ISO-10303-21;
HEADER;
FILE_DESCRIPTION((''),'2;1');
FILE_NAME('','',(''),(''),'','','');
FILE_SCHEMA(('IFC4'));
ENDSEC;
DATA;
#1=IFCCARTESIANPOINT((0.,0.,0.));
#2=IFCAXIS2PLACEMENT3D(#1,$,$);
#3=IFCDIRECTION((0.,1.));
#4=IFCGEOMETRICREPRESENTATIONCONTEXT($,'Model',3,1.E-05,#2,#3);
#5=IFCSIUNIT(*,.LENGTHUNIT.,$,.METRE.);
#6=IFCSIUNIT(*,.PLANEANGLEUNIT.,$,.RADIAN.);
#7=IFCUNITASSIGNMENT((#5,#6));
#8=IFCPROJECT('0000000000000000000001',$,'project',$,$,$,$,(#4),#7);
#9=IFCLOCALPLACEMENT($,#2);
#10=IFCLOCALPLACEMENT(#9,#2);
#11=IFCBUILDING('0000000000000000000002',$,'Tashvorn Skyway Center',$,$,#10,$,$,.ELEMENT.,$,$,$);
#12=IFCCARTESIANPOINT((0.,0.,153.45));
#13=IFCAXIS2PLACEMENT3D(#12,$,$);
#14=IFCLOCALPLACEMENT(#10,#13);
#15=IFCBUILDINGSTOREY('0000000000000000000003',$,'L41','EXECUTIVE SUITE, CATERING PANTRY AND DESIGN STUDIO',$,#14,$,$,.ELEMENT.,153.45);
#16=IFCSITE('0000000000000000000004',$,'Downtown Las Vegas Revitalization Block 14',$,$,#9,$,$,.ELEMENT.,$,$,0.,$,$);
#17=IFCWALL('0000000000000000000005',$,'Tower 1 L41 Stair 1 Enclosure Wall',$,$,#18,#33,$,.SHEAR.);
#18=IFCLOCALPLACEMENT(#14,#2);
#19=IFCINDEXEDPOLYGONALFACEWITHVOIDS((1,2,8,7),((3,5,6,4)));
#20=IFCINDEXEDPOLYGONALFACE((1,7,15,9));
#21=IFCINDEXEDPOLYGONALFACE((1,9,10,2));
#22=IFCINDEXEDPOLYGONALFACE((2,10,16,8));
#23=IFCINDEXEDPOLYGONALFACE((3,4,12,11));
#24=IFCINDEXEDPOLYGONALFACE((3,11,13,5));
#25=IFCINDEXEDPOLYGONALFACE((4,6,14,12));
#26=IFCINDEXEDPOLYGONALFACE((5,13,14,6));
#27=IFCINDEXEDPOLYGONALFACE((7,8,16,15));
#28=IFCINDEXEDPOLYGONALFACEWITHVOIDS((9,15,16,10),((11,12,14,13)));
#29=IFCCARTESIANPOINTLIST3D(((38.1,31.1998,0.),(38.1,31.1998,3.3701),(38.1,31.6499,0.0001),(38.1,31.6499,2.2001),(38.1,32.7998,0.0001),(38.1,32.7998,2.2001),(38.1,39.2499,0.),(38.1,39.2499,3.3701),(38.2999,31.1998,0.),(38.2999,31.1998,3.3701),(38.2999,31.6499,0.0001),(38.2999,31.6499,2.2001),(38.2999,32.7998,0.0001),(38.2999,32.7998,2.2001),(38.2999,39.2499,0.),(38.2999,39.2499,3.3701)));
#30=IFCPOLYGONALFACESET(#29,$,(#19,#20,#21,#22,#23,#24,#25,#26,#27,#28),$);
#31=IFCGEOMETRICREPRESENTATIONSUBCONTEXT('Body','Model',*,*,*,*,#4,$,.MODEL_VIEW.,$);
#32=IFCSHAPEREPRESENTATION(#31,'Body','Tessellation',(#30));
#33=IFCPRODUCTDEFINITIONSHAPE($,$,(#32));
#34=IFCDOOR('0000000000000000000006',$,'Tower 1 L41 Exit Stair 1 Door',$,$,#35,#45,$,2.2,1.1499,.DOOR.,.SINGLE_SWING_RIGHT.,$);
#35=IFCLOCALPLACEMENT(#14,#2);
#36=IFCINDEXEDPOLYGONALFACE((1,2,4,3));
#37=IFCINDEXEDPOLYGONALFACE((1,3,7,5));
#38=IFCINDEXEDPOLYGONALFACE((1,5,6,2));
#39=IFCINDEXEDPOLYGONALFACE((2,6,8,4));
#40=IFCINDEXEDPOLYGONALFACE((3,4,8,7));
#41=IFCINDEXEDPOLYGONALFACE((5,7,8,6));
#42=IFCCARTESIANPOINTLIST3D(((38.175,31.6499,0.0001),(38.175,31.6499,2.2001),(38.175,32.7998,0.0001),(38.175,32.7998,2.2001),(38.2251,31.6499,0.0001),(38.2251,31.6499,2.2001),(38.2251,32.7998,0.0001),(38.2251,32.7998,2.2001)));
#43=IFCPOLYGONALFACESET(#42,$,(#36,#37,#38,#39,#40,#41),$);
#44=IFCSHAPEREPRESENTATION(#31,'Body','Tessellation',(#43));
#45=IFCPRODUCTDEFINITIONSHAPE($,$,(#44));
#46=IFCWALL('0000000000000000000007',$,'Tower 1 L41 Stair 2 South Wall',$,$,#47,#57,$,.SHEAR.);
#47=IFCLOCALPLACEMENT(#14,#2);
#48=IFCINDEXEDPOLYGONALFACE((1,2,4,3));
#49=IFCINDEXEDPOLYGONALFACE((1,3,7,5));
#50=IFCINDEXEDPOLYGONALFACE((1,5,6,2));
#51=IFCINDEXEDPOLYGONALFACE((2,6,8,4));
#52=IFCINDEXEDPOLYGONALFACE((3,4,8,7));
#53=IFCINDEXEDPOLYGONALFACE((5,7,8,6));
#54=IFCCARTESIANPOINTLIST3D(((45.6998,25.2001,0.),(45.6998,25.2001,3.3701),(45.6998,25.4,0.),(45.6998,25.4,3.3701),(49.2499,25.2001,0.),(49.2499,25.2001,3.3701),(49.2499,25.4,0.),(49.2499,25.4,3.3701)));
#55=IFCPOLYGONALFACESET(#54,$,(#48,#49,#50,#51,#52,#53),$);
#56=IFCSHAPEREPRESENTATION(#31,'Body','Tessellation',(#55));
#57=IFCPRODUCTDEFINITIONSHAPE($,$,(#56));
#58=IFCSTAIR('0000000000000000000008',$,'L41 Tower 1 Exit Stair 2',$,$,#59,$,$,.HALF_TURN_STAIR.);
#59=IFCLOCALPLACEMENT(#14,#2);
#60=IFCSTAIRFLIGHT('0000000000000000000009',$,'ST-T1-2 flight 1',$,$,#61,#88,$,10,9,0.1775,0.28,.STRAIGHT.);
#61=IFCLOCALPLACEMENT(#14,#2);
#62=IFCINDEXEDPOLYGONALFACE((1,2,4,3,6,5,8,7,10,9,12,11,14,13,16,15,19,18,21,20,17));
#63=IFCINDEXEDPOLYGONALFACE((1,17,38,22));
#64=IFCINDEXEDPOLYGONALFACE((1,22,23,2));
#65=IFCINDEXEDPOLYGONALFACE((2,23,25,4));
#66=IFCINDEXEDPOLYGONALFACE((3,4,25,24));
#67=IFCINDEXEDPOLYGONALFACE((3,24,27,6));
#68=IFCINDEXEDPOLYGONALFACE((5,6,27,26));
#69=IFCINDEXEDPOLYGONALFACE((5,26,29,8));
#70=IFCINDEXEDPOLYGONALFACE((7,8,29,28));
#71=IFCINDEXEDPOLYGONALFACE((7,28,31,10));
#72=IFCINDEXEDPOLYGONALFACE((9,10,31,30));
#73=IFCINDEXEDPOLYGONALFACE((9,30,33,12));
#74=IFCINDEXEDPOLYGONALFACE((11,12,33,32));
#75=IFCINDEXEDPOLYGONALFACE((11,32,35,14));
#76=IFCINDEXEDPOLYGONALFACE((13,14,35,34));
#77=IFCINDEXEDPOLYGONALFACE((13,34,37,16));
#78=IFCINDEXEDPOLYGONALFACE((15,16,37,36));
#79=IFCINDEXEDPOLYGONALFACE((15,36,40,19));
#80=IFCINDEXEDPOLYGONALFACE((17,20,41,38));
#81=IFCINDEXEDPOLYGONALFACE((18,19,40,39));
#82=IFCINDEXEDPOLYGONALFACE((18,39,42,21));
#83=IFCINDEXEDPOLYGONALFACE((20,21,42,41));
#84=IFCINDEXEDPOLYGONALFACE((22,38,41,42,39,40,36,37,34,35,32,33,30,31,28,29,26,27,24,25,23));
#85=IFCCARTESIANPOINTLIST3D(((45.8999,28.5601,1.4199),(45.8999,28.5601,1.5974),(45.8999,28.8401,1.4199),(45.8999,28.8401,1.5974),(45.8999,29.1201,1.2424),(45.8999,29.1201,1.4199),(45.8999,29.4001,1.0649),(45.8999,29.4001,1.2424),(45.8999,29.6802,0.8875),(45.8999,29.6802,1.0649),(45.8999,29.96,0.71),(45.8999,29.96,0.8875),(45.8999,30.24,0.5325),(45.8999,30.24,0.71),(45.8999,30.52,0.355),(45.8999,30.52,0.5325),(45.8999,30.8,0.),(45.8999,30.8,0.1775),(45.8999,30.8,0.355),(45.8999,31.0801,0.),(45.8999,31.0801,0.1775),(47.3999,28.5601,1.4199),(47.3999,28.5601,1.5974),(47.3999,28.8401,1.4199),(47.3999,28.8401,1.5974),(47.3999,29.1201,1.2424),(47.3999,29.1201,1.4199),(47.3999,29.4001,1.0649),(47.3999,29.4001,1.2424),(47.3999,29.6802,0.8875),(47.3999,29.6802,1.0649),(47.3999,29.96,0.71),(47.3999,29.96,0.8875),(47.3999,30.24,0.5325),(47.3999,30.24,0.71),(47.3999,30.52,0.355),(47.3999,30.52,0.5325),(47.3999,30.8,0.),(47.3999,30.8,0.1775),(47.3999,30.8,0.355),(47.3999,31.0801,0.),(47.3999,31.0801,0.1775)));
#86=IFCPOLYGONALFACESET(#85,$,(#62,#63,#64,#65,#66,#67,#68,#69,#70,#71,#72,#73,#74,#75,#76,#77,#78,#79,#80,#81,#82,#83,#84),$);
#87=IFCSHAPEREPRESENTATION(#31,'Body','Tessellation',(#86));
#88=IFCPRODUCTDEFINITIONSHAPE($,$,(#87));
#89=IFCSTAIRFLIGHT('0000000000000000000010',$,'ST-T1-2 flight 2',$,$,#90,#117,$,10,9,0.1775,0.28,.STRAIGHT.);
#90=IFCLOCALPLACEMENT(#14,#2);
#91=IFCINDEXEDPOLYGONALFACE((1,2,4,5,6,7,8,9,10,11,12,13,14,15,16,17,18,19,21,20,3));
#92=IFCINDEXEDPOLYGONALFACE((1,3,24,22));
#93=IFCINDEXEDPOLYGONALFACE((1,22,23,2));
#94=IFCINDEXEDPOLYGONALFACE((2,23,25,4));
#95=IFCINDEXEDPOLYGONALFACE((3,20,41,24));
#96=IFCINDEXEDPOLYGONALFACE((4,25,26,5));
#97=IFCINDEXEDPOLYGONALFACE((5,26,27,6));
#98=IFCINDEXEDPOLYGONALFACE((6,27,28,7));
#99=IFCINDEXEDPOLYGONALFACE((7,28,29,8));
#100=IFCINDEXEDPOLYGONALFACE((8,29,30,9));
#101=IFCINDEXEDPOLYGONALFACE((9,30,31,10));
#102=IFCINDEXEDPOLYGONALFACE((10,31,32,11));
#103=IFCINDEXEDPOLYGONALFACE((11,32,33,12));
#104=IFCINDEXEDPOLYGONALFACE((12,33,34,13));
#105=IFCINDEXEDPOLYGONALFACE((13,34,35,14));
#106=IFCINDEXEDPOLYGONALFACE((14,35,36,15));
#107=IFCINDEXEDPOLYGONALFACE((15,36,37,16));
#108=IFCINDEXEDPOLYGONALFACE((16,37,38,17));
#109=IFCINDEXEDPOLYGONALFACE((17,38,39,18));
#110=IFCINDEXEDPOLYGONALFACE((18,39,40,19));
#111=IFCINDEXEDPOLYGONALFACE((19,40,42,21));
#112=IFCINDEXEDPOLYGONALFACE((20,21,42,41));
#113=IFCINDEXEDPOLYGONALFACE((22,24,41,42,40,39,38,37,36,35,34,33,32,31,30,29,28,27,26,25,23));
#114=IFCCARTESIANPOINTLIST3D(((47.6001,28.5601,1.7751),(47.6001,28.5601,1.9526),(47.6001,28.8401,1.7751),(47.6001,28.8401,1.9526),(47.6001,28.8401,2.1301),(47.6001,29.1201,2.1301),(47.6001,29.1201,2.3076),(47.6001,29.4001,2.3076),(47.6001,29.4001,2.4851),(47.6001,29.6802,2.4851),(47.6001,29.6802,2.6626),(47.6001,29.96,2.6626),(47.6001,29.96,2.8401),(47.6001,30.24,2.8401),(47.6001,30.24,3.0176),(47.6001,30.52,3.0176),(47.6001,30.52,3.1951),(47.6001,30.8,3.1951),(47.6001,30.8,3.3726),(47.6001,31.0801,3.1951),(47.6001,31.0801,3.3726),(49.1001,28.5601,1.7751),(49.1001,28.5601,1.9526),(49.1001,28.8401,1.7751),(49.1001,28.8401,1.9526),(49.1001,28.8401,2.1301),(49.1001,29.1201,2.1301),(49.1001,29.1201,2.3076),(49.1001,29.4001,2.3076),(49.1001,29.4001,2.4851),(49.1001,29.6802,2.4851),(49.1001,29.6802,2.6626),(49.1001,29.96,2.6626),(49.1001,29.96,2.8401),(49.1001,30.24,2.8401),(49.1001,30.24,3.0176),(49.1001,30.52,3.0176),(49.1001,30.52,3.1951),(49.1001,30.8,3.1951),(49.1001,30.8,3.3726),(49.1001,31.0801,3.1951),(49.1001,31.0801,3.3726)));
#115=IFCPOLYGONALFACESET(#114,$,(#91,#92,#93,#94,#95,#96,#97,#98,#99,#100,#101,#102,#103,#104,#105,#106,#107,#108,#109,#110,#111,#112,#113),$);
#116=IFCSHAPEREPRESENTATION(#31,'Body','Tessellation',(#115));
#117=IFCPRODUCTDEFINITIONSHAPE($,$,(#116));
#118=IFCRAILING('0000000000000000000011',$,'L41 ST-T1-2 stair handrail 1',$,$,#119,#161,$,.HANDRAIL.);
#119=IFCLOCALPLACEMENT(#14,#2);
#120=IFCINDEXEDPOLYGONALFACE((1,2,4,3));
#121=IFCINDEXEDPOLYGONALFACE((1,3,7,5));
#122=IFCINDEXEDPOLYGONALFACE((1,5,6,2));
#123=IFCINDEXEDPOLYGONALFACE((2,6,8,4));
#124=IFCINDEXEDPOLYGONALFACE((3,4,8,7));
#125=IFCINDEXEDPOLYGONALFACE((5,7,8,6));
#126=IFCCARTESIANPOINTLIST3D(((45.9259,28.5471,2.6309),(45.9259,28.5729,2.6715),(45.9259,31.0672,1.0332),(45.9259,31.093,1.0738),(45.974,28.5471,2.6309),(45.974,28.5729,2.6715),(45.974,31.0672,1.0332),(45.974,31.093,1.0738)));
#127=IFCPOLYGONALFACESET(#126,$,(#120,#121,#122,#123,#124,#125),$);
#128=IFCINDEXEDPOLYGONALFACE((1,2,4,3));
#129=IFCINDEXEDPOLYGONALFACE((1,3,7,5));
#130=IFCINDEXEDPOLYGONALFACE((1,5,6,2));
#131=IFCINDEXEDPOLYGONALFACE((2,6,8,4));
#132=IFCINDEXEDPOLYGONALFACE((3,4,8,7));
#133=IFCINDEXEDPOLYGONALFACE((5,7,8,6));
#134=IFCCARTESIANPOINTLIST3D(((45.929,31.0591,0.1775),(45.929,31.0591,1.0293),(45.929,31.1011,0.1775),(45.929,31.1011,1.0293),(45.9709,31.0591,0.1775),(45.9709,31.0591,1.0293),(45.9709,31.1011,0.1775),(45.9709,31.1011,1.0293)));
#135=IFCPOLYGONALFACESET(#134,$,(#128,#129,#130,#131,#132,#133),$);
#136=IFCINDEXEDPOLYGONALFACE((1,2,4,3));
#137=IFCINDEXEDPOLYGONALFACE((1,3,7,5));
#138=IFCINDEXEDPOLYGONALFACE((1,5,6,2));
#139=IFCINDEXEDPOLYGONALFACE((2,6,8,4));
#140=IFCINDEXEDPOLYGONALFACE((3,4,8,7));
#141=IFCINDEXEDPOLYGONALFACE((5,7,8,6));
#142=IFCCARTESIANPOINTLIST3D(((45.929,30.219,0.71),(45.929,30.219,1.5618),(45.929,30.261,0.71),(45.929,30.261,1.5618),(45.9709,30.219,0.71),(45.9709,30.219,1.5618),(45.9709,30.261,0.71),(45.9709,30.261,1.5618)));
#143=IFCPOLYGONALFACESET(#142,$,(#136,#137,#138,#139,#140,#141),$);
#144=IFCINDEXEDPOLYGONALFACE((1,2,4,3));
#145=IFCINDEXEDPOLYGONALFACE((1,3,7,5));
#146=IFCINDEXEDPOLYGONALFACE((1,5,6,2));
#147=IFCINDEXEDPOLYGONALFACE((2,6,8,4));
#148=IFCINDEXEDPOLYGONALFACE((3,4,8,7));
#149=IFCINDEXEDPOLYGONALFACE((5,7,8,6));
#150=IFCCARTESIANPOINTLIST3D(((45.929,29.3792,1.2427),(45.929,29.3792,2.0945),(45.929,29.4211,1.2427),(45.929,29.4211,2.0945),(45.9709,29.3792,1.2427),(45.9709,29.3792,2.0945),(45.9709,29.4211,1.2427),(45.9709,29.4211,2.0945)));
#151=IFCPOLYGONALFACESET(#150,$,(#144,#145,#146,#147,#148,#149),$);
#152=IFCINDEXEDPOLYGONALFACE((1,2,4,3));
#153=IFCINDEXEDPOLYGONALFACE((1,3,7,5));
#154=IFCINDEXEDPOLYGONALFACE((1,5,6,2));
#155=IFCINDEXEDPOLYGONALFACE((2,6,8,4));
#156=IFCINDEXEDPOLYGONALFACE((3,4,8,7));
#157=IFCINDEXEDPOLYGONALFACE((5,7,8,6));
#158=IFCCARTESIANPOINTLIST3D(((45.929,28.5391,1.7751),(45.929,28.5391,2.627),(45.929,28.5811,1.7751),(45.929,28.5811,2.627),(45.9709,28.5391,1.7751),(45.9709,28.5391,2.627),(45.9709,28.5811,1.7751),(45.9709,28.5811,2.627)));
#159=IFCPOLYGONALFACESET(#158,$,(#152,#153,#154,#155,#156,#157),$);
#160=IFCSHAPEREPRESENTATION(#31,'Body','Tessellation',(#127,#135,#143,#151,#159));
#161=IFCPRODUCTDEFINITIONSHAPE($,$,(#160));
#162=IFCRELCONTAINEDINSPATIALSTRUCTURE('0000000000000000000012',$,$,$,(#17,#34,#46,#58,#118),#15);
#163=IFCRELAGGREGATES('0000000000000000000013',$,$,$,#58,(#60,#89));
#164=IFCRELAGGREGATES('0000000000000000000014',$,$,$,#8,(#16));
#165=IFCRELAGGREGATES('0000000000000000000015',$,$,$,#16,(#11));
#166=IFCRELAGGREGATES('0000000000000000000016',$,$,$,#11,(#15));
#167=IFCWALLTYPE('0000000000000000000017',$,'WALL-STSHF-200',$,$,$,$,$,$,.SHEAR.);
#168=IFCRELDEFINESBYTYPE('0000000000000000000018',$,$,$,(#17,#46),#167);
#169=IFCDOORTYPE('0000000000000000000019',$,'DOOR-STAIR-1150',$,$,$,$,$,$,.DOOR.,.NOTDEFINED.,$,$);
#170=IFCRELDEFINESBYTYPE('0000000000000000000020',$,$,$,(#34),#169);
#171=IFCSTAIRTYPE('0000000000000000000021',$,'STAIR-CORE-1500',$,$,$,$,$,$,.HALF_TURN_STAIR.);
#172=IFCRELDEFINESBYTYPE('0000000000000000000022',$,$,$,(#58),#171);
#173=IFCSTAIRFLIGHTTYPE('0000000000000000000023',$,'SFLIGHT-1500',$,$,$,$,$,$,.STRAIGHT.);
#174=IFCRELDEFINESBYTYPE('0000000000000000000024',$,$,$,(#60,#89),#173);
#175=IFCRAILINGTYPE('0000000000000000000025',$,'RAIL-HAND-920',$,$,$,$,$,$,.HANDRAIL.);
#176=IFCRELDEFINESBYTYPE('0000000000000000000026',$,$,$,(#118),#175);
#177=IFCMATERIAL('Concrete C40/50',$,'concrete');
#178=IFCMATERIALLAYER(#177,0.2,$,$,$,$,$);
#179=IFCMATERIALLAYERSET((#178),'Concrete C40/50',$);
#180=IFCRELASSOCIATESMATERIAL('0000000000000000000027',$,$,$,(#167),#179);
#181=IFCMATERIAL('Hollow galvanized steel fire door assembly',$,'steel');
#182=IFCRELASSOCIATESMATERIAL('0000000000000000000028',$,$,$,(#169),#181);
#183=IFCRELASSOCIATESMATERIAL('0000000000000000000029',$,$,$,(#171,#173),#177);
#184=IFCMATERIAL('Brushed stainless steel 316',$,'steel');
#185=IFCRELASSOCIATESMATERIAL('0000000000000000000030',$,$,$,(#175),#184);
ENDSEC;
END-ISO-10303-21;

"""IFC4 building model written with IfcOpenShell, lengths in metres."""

from ifc_helpers import new_model, si_unit, direction, frame, frame_2d, origin, origin_2d, place, context, subcontext, project, spatial, polyline, rectangle, outline, extrude, material, layer, layer_set, type_object, element, fill, aggregate, save


model = new_model("IFC4")

# Units and contexts
model_context = context("Model", 3, precision=1e-05, world=origin(), true_north=direction((0.0, 1.0)))
body_context = subcontext(model_context, "Body", "Model", "MODEL_VIEW")
ifc_project = project(units=[si_unit("LENGTHUNIT", "METRE"), si_unit("PLANEANGLEUNIT", "RADIAN")], contexts=[model_context])

# Site, building, storey
site_placement = place(None, origin())
site = spatial("IfcSite", under=ifc_project, at=site_placement, Name="Downtown Las Vegas Revitalization Block 14", CompositionType="ELEMENT", RefElevation=0.0)
building_placement = place(site_placement, origin())
building = spatial("IfcBuilding", under=site, at=building_placement, Name="Tashvorn Skyway Center", CompositionType="ELEMENT")
storey_placement = place(building_placement, frame((0.0, 0.0, 153.45)))
storey = spatial("IfcBuildingStorey", under=building, at=storey_placement, Name="L41", Description="EXECUTIVE SUITE, CATERING PANTRY AND DESIGN STUDIO", CompositionType="ELEMENT", Elevation=153.45)

# Shared definitions
ifc_material_1 = material(Name="Concrete C40/50", Category="concrete")
ifc_material_2 = material(Name="Hollow galvanized steel fire door assembly", Category="steel")

# Wall, opening, door
ifc_layer_1 = layer(ifc_material_1, 0.2)
ifc_layer_set_1 = layer_set([ifc_layer_1], Name="Concrete C40/50")
wall_type_1 = type_object("IfcWallType", Name="WALL-STSHF-200", PredefinedType="SHEAR", material=ifc_layer_set_1)
wall_1_placement = place(storey_placement, frame((38.2, 31.2, 0.0), z_axis=(0.0, 0.0, 1.0), x_axis=(0.0, 1.0, 0.0)))
wall_1 = element("IfcWall", 1, at=wall_1_placement, inside=storey, type_object=wall_type_1, Name="Tower 1 L41 Stair 1 Enclosure Wall", PredefinedType="SHEAR", context=body_context, shape_type="SweptSolid", body=[
    extrude(rectangle(XDim=8.05, YDim=0.2, at=frame_2d((4.0249, 0.0))), origin(), (0.0, 0.0, 1.0), 3.3701),
])
opening_1_placement = place(wall_1_placement, frame((0.45, 0.0, 0.0)))
opening_1 = element("IfcOpeningElement", 2, at=opening_1_placement, cuts=wall_1, PredefinedType="OPENING", context=body_context, shape_type="SweptSolid", body=[
    extrude(rectangle(XDim=1.1499, YDim=2.2, at=frame_2d((0.575, 1.1001))), frame((0.0, 0.1099, 0.0), z_axis=(0.0, -1.0, 0.0), x_axis=(1.0, 0.0, 0.0)), (0.0, 0.0, 1.0), 0.22),
])
door_type_1 = type_object("IfcDoorType", Name="DOOR-STAIR-1150", OperationType="NOTDEFINED", PredefinedType="DOOR", material=ifc_material_2)
door_1_placement = place(opening_1_placement, origin())
door_1 = element("IfcDoor", 3, at=door_1_placement, inside=storey, type_object=door_type_1, Name="Tower 1 L41 Exit Stair 1 Door", OperationType="SINGLE_SWING_RIGHT", OverallHeight=2.2, OverallWidth=1.1499, PredefinedType="DOOR", context=body_context, shape_type="SweptSolid", body=[
    extrude(rectangle(XDim=1.1499, YDim=2.2, at=frame_2d((0.575, 1.1001))), frame((0.0, 0.0249, 0.0), z_axis=(0.0, -1.0, 0.0), x_axis=(1.0, 0.0, 0.0)), (0.0, 0.0, 1.0), 0.05),
])
fill(opening_1, door_1)

# Wall
wall_2_placement = place(storey_placement, frame((45.7, 25.3, 0.0), z_axis=(0.0, 0.0, 1.0), x_axis=(1.0, 0.0, 0.0)))
element("IfcWall", 4, at=wall_2_placement, inside=storey, type_object=wall_type_1, Name="Tower 1 L41 Stair 2 South Wall", PredefinedType="SHEAR", context=body_context, shape_type="SweptSolid", body=[
    extrude(rectangle(XDim=3.55, YDim=0.2, at=frame_2d((1.7749, 0.0))), origin(), (0.0, 0.0, 1.0), 3.3701),
])

# Stair, stair flights
stair_type = type_object("IfcStairType", Name="STAIR-CORE-1500", PredefinedType="HALF_TURN_STAIR", material=ifc_material_1)
stair_placement = place(storey_placement, origin())
stair = element("IfcStair", 5, at=stair_placement, inside=storey, type_object=stair_type, Name="L41 Tower 1 Exit Stair 2", PredefinedType="HALF_TURN_STAIR")
stair_flight_type = type_object("IfcStairFlightType", Name="SFLIGHT-1500", PredefinedType="STRAIGHT", material=ifc_material_1)
stair_flight_1_placement = place(storey_placement, frame((46.6499, 31.0801, 0.0), z_axis=(0.0, 0.0, 1.0), x_axis=(0.0, -1.0, 0.0)))
stair_flight_1 = element("IfcStairFlight", 6, at=stair_flight_1_placement, type_object=stair_flight_type, Name="ST-T1-2 flight 1", NumberOfRisers=10, NumberOfTreads=9, PredefinedType="STRAIGHT", RiserHeight=0.1775, TreadLength=0.28, context=body_context, shape_type="SweptSolid", body=[
    extrude(outline(polyline([(0.0, 0.0), (0.0, 0.1775), (0.28, 0.1775), (0.28, 0.355), (0.5601, 0.355), (0.5601, 0.5325), (0.8401, 0.5325), (0.8401, 0.71), (1.1201, 0.71), (1.1201, 0.8875), (1.3999, 0.8875), (1.3999, 1.0649), (1.6799, 1.0649), (1.6799, 1.2424), (1.96, 1.2424), (1.96, 1.4199), (2.24, 1.4199), (2.24, 1.5974), (2.52, 1.5974), (2.52, 1.7749), (2.52, 1.4199), (0.28, 0.0), (0.0, 0.0)])), frame((0.0, 0.75, 0.0), z_axis=(0.0, -1.0, 0.0), x_axis=(1.0, 0.0, 0.0)), (0.0, 0.0, 1.0), 1.5),
])
stair_flight_2_placement = place(storey_placement, frame((48.3501, 28.5601, 1.7751), z_axis=(0.0, 0.0, 1.0), x_axis=(0.0, 1.0, 0.0)))
stair_flight_2 = element("IfcStairFlight", 7, at=stair_flight_2_placement, type_object=stair_flight_type, Name="ST-T1-2 flight 2", NumberOfRisers=10, NumberOfTreads=9, PredefinedType="STRAIGHT", RiserHeight=0.1775, TreadLength=0.28, context=body_context, shape_type="SweptSolid", body=[
    extrude(outline(polyline([(0.0, 0.0), (0.0, 0.1775), (0.28, 0.1775), (0.28, 0.355), (0.5601, 0.355), (0.5601, 0.5325), (0.8401, 0.5325), (0.8401, 0.71), (1.1201, 0.71), (1.1201, 0.8875), (1.3999, 0.8875), (1.3999, 1.0649), (1.6799, 1.0649), (1.6799, 1.2424), (1.96, 1.2424), (1.96, 1.4199), (2.24, 1.4199), (2.24, 1.5974), (2.52, 1.5974), (2.52, 1.7749), (2.52, 1.4199), (0.28, 0.0), (0.0, 0.0)])), frame((0.0, 0.75, 0.0), z_axis=(0.0, -1.0, 0.0), x_axis=(1.0, 0.0, 0.0)), (0.0, 0.0, 1.0), 1.5),
])
aggregate(stair, [stair_flight_1, stair_flight_2])

# Railing
ifc_material_3 = material(Name="Brushed stainless steel 316", Category="steel")
railing_type_1 = type_object("IfcRailingType", Name="RAIL-HAND-920", PredefinedType="HANDRAIL", material=ifc_material_3)
railing_1_placement = place(storey_placement, frame((45.95, 31.0801, 0.1775)))
element("IfcRailing", 8, at=railing_1_placement, inside=storey, type_object=railing_type_1, Name="L41 ST-T1-2 stair handrail 1", PredefinedType="HANDRAIL", context=body_context, shape_type="SweptSolid", body=[
    extrude(rectangle(XDim=0.0481, YDim=0.0481, at=origin_2d()), frame((0.0, 0.0, 0.876), z_axis=(0.0, -0.84457, 0.535445), x_axis=(1.0, 0.0, 0.0)), (0.0, 0.0, 1.0), 2.9839),
    extrude(rectangle(XDim=0.042, YDim=0.042, at=origin_2d()), origin(), (0.0, 0.0, 1.0), 0.8518),
    extrude(rectangle(XDim=0.042, YDim=0.042, at=origin_2d()), frame((0.0, -0.8401, 0.5325)), (0.0, 0.0, 1.0), 0.8518),
    extrude(rectangle(XDim=0.042, YDim=0.042, at=origin_2d()), frame((0.0, -1.6799, 1.0652)), (0.0, 0.0, 1.0), 0.8518),
    extrude(rectangle(XDim=0.042, YDim=0.042, at=origin_2d()), frame((0.0, -2.52, 1.5977)), (0.0, 0.0, 1.0), 0.8518),
])

save(model, "model.ifc")
